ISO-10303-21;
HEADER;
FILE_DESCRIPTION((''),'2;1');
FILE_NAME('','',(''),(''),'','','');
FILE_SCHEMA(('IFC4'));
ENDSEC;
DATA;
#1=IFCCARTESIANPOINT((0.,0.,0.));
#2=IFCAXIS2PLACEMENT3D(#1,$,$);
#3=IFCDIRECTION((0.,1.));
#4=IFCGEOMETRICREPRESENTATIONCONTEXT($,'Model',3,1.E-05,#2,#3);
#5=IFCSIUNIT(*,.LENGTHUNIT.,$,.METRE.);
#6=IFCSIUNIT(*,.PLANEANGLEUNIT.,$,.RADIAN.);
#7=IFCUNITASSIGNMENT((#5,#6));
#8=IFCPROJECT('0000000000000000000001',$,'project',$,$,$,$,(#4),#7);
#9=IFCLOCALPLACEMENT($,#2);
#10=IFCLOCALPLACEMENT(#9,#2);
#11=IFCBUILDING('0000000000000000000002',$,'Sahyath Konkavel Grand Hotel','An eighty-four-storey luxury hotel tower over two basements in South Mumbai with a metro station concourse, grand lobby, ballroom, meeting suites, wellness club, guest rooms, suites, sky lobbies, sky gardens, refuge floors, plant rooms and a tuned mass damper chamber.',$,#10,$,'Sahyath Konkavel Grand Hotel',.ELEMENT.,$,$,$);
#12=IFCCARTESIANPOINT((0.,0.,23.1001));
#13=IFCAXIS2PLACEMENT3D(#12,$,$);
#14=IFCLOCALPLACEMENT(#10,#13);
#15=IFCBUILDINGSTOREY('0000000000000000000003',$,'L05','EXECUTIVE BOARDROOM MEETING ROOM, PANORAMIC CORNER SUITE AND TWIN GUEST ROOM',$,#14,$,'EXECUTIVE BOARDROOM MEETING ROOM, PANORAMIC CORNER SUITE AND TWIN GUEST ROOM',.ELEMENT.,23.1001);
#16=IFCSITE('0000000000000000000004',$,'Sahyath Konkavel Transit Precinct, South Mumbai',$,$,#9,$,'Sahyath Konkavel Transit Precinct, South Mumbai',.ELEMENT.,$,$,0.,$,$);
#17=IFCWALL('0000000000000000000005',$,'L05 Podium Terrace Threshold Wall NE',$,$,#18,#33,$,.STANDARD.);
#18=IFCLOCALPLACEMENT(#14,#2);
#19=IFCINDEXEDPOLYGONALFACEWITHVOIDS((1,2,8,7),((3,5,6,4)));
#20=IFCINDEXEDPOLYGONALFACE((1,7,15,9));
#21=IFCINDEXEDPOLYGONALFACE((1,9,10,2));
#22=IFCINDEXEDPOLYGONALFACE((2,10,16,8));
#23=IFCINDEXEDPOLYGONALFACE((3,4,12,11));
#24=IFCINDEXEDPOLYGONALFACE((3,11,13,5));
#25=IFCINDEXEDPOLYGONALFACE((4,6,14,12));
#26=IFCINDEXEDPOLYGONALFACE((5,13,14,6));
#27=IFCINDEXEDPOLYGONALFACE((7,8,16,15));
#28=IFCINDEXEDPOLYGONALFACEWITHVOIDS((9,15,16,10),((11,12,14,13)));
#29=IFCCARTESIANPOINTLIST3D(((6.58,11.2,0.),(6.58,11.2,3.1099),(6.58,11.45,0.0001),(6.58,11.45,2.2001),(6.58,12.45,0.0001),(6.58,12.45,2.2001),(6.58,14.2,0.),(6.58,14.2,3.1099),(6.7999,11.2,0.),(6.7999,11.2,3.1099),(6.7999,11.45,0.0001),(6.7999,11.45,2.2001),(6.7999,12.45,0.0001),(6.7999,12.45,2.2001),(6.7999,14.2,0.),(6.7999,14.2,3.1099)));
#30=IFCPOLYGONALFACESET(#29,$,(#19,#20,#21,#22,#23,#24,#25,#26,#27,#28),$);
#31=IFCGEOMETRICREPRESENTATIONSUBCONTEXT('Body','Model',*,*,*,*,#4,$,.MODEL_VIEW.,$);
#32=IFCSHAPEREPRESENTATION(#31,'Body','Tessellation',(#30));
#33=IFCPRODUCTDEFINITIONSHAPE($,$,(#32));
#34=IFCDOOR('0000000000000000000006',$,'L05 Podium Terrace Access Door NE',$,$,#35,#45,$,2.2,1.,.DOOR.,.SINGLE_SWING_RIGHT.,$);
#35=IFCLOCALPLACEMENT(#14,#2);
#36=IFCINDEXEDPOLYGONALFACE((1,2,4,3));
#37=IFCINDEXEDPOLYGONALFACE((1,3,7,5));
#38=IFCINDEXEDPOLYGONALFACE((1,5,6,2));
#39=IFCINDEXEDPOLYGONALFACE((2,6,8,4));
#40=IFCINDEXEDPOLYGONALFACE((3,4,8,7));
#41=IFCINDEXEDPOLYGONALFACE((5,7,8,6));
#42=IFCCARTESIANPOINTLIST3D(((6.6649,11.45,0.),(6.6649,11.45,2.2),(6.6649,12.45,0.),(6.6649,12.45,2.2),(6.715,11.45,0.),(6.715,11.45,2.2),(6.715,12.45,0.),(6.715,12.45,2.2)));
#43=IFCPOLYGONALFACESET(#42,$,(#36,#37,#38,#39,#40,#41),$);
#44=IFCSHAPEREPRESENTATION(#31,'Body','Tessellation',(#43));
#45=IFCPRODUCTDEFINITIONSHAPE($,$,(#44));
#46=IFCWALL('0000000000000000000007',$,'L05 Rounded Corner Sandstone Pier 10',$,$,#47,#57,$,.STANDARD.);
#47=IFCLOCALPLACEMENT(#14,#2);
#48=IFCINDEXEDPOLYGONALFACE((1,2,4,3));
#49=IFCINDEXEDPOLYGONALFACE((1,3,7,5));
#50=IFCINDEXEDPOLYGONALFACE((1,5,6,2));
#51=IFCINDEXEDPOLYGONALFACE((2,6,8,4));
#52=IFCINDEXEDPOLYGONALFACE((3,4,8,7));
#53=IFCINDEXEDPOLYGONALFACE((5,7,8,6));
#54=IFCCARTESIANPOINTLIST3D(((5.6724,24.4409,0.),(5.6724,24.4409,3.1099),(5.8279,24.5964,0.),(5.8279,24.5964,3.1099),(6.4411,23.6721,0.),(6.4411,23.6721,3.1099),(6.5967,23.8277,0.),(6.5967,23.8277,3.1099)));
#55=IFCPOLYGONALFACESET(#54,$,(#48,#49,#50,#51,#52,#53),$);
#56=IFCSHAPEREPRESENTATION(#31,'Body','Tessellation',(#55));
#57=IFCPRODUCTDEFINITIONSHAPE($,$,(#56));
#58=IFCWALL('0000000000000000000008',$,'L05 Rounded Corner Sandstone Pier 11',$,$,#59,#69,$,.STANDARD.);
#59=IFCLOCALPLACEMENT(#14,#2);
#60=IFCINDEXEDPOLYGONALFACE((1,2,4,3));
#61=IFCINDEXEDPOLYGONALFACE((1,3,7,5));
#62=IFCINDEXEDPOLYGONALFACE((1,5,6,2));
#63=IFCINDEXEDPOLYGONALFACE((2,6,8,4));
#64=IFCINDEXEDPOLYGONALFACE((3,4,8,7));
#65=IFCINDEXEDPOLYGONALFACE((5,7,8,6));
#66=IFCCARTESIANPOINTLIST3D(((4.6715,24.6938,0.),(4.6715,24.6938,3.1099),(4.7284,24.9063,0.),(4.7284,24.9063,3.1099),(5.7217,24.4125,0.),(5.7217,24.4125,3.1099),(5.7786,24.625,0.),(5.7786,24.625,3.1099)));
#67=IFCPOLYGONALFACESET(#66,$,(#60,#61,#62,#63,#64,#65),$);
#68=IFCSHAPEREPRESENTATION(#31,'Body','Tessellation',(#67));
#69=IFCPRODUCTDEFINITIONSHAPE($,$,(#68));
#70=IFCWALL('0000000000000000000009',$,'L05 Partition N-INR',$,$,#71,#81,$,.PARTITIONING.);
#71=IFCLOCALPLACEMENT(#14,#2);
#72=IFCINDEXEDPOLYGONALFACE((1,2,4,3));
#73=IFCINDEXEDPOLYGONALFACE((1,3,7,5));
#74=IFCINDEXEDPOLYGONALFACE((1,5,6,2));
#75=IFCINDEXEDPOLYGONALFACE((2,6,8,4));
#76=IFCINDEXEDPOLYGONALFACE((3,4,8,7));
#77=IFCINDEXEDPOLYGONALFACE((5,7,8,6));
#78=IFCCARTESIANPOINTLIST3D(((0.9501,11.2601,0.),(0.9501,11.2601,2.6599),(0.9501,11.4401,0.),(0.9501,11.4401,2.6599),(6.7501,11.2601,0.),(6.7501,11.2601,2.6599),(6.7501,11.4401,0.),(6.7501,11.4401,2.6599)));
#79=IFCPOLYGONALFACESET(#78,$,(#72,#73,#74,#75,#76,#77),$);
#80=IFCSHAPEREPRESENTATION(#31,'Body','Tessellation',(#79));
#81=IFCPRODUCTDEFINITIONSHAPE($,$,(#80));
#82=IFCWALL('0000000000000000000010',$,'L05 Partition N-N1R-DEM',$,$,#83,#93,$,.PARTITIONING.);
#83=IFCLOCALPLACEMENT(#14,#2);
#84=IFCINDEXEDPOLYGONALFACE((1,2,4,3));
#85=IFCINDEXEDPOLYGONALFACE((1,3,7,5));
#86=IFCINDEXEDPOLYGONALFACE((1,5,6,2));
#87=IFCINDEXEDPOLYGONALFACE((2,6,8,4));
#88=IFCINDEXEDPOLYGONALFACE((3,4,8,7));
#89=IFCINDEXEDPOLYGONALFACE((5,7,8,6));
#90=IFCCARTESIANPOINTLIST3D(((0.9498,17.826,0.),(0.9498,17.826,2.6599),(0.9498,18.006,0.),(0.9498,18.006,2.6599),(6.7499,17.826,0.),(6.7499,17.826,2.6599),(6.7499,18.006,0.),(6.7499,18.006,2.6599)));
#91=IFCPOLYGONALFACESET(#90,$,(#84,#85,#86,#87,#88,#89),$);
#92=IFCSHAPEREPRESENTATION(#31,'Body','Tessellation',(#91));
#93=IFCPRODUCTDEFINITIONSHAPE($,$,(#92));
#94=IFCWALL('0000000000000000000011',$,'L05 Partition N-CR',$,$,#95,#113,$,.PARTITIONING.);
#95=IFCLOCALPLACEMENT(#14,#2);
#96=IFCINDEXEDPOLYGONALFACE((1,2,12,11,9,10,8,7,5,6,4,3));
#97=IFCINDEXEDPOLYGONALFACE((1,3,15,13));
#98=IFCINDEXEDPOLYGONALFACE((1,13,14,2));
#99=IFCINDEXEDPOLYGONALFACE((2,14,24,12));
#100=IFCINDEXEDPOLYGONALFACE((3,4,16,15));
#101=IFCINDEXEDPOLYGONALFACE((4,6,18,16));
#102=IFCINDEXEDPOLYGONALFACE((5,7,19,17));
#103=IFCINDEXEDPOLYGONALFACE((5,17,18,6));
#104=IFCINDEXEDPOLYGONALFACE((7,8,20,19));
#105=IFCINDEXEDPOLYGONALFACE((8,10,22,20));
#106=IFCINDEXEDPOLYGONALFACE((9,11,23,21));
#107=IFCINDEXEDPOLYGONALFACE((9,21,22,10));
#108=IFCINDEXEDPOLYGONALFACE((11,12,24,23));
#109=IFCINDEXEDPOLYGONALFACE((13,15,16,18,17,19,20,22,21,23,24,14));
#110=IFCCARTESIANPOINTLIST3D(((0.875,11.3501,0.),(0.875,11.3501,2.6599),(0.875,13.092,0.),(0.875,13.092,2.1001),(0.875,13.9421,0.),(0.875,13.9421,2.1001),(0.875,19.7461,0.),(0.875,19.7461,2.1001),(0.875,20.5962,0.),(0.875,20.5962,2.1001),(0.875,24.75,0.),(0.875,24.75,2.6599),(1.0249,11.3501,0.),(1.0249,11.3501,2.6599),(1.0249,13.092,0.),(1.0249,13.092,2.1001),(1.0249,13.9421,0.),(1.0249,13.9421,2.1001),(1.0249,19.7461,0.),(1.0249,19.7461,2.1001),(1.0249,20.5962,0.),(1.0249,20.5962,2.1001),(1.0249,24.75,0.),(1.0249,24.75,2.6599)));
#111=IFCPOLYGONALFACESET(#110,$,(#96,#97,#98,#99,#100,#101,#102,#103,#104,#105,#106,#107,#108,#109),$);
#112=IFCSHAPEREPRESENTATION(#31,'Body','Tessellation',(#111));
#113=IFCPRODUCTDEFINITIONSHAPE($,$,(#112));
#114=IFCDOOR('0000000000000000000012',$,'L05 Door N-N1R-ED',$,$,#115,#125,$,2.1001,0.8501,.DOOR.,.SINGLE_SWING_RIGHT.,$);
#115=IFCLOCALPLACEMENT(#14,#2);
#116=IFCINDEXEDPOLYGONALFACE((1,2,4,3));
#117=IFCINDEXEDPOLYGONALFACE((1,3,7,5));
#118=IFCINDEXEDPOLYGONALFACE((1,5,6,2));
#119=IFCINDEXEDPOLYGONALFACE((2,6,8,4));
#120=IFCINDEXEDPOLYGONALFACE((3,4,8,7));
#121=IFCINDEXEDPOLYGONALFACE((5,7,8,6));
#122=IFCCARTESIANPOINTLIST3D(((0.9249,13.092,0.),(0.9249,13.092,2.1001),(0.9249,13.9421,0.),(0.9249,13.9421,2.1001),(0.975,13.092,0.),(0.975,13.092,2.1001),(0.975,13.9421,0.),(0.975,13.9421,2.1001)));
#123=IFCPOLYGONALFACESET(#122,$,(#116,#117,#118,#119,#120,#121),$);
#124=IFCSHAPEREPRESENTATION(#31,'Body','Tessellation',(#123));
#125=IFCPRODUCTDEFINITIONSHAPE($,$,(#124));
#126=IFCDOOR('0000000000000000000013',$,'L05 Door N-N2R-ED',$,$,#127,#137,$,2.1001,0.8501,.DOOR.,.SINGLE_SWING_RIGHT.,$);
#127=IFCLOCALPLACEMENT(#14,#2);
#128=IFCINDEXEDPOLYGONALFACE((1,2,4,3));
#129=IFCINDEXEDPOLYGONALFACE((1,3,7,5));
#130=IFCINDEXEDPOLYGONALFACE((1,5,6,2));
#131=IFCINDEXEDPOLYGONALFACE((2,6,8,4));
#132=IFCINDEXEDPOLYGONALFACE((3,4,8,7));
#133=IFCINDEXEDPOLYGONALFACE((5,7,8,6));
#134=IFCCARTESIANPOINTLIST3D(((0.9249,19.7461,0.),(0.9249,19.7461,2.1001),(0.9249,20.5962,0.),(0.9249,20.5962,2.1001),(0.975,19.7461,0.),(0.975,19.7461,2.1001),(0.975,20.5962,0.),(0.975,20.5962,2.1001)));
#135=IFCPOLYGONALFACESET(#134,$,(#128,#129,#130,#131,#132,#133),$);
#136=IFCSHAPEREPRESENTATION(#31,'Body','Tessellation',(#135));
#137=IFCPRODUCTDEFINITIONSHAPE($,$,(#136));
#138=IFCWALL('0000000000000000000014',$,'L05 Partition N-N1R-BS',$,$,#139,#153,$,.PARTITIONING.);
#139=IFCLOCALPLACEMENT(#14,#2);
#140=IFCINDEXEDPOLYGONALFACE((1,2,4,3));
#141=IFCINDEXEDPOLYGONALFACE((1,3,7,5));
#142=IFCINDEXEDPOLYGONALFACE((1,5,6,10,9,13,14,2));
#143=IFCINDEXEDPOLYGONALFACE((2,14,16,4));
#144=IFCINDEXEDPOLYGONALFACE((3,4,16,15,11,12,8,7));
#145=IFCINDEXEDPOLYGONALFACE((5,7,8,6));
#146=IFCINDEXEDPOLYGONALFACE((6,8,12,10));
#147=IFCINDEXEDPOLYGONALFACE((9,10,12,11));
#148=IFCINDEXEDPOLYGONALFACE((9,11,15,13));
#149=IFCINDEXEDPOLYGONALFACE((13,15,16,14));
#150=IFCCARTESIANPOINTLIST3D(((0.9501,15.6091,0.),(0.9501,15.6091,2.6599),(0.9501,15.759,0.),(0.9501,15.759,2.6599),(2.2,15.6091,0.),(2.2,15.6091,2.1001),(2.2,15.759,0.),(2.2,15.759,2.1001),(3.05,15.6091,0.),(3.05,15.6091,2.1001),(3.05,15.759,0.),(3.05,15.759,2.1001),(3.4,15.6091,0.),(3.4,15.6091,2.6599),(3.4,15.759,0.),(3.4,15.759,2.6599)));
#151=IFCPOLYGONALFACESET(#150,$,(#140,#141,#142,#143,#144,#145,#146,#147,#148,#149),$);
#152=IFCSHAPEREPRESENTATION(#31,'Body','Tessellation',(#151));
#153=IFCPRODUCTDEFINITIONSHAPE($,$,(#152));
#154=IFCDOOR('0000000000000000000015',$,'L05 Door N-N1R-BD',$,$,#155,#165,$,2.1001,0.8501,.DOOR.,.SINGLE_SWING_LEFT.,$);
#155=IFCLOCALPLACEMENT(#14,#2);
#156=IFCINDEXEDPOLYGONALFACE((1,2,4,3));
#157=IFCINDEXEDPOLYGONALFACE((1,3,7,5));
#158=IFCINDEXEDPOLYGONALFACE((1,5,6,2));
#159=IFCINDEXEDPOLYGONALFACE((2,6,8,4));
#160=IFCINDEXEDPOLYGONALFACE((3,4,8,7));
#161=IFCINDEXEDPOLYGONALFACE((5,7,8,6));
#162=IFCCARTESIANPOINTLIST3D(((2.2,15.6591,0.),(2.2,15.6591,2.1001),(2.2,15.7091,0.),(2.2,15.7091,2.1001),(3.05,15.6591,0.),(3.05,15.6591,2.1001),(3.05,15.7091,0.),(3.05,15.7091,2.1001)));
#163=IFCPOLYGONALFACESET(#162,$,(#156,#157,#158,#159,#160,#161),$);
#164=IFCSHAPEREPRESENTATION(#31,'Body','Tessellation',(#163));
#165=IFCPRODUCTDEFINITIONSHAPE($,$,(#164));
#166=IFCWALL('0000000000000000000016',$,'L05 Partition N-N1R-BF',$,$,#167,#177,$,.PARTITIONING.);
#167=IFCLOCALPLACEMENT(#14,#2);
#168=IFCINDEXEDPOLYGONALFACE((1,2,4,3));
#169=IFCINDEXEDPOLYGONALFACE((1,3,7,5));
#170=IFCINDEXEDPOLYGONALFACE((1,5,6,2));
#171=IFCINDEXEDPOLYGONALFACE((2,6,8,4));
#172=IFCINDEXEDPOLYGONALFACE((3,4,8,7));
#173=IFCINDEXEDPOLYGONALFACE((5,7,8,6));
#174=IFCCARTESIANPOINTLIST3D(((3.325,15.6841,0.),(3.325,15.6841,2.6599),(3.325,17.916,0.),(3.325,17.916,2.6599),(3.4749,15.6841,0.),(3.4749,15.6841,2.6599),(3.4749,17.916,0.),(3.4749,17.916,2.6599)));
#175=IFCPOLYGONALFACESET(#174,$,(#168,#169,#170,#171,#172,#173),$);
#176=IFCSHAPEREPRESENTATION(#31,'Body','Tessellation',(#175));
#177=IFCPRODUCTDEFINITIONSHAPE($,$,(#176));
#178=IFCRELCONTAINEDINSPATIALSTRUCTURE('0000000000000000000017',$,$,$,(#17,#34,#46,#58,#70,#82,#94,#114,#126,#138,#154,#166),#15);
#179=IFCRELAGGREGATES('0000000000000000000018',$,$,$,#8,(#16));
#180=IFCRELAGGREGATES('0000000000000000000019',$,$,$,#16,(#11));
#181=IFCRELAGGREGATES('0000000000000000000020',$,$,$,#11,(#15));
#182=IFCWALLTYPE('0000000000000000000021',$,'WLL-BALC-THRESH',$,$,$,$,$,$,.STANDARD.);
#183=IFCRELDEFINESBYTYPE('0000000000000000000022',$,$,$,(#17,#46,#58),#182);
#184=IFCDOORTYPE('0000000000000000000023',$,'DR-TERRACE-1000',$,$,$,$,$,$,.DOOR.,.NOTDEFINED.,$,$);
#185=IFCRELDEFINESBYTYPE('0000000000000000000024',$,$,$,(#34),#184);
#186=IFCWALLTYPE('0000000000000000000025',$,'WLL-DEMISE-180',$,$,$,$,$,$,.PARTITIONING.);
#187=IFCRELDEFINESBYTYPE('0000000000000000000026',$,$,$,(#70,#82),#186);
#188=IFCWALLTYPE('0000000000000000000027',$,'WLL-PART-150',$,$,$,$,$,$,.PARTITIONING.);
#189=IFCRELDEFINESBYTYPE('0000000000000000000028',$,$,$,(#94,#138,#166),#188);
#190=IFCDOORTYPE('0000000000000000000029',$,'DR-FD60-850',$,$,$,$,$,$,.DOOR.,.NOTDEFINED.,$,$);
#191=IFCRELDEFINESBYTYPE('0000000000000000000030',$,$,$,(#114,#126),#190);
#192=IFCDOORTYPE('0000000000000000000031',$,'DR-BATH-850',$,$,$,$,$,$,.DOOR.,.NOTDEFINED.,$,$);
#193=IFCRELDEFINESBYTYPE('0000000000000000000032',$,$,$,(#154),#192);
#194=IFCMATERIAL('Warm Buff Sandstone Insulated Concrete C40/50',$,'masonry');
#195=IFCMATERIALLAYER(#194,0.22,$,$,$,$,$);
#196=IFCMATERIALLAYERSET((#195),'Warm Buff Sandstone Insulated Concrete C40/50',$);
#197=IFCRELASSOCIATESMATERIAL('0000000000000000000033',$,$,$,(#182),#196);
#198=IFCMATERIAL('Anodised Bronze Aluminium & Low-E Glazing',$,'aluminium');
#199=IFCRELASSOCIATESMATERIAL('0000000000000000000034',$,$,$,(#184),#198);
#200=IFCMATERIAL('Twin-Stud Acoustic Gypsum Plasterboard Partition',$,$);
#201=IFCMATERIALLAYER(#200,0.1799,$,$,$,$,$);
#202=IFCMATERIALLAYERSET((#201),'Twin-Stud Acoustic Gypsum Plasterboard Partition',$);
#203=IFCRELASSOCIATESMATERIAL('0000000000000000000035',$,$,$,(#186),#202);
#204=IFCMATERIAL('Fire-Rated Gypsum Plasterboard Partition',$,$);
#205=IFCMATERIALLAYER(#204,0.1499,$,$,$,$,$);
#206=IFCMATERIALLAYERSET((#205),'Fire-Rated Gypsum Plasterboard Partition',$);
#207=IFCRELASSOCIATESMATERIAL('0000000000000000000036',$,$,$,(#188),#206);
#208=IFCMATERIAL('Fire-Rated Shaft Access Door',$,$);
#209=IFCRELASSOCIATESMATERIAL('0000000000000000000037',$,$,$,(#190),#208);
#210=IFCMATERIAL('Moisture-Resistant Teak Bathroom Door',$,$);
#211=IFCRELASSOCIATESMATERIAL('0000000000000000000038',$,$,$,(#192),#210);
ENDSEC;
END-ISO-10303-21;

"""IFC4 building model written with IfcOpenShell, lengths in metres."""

from ifc_helpers import new_model, si_unit, direction, frame, frame_2d, origin, origin_2d, place, context, subcontext, project, spatial, rectangle, extrude, source, transform, mapped, material, layer, layer_set, type_object, element, fill, save


model = new_model("IFC4")

# Units and contexts
model_context = context("Model", 3, precision=1e-05, world=origin(), true_north=direction((0.0, 1.0)))
body_context = subcontext(model_context, "Body", "Model", "MODEL_VIEW")
ifc_project = project(units=[si_unit("LENGTHUNIT", "METRE"), si_unit("PLANEANGLEUNIT", "RADIAN")], contexts=[model_context])

# Site, building, storey
site_placement = place(None, origin())
site = spatial("IfcSite", under=ifc_project, at=site_placement, Name="Sahyath Konkavel Transit Precinct, South Mumbai", LongName="Sahyath Konkavel Transit Precinct, South Mumbai", CompositionType="ELEMENT", RefElevation=0.0)
building_placement = place(site_placement, origin())
building = spatial("IfcBuilding", under=site, at=building_placement, Name="Sahyath Konkavel Grand Hotel", Description="An eighty-four-storey luxury hotel tower over two basements in South Mumbai with a metro station concourse, grand lobby, ballroom, meeting suites, wellness club, guest rooms, suites, sky lobbies, sky gardens, refuge floors, plant rooms and a tuned mass damper chamber.", LongName="Sahyath Konkavel Grand Hotel", CompositionType="ELEMENT")
storey_placement = place(building_placement, frame((0.0, 0.0, 23.1001)))
storey = spatial("IfcBuildingStorey", under=building, at=storey_placement, Name="L05", Description="EXECUTIVE BOARDROOM MEETING ROOM, PANORAMIC CORNER SUITE AND TWIN GUEST ROOM", LongName="EXECUTIVE BOARDROOM MEETING ROOM, PANORAMIC CORNER SUITE AND TWIN GUEST ROOM", CompositionType="ELEMENT", Elevation=23.1001)

# Shared definitions
ifc_material_1 = material(Name="Anodised Bronze Aluminium & Low-E Glazing", Category="aluminium")

# Wall, opening, door
ifc_material_2 = material(Name="Warm Buff Sandstone Insulated Concrete C40/50", Category="masonry")
ifc_layer_1 = layer(ifc_material_2, 0.22)
ifc_layer_set_1 = layer_set([ifc_layer_1], Name="Warm Buff Sandstone Insulated Concrete C40/50")
wall_type_1 = type_object("IfcWallType", Name="WLL-BALC-THRESH", PredefinedType="STANDARD", material=ifc_layer_set_1)
wall_1_placement = place(storey_placement, frame((6.6899, 11.2, 0.0), z_axis=(0.0, 0.0, 1.0), x_axis=(0.0, 1.0, 0.0)))
wall_1 = element("IfcWall", 1, at=wall_1_placement, inside=storey, type_object=wall_type_1, Name="L05 Podium Terrace Threshold Wall NE", PredefinedType="STANDARD", context=body_context, shape_type="SweptSolid", body=[
    extrude(rectangle(XDim=3.0, YDim=0.22, at=frame_2d((1.5, 0.0))), origin(), (0.0, 0.0, 1.0), 3.1099),
])
opening_1_placement = place(wall_1_placement, frame((0.25, 0.0, 0.0)))
opening_1 = element("IfcOpeningElement", 2, at=opening_1_placement, cuts=wall_1, PredefinedType="OPENING", context=body_context, shape_type="SweptSolid", body=[
    extrude(rectangle(XDim=1.0, YDim=2.2, at=frame_2d((0.5, 1.1001))), frame((0.0, 0.1201, 0.0), z_axis=(0.0, -1.0, 0.0), x_axis=(1.0, 0.0, 0.0)), (0.0, 0.0, 1.0), 0.24),
])
door_type_1 = type_object("IfcDoorType", Name="DR-TERRACE-1000", OperationType="NOTDEFINED", PredefinedType="DOOR", material=ifc_material_1)
shared_shape_1 = source(origin(), body_context, "Body", "SweptSolid", [
    extrude(rectangle(XDim=1.0, YDim=0.05, at=origin_2d()), origin(), (0.0, 0.0, 1.0), 2.2),
])
door_1_placement = place(opening_1_placement, frame((0.5, 0.0, 0.0)))
door_1 = element("IfcDoor", 3, at=door_1_placement, inside=storey, type_object=door_type_1, Name="L05 Podium Terrace Access Door NE", OperationType="SINGLE_SWING_RIGHT", OverallHeight=2.2, OverallWidth=1.0, PredefinedType="DOOR", context=body_context, shape_type="MappedRepresentation", body=[
    mapped(shared_shape_1, transform((0.0, 0.0, 0.0), scale=1.0)),
])
fill(opening_1, door_1)

# Walls
for number, where, z_axis, x_axis, name in (
    (4, (6.5188, 23.75, 0.0), (0.0, 0.0, 1.0), (-0.707107, 0.707107, 0.0), "L05 Rounded Corner Sandstone Pier 10"),
    (5, (5.75, 24.5188, 0.0), (0.0, 0.0, 1.0), (-0.965951, 0.258725, 0.0), "L05 Rounded Corner Sandstone Pier 11"),
):
    element("IfcWall", number, at=place(storey_placement, frame(where, z_axis=z_axis, x_axis=x_axis)), inside=storey, type_object=wall_type_1, Name=name, PredefinedType="STANDARD", context=body_context, shape_type="SweptSolid", body=[
        extrude(rectangle(XDim=1.0872, YDim=0.22, at=frame_2d((0.5435, 0.0))), origin(), (0.0, 0.0, 1.0), 3.1099),
    ])
ifc_material_3 = material(Name="Twin-Stud Acoustic Gypsum Plasterboard Partition")
ifc_layer_2 = layer(ifc_material_3, 0.1799)
ifc_layer_set_2 = layer_set([ifc_layer_2], Name="Twin-Stud Acoustic Gypsum Plasterboard Partition")
wall_type_2 = type_object("IfcWallType", Name="WLL-DEMISE-180", PredefinedType="PARTITIONING", material=ifc_layer_set_2)
for number, where, z_axis, x_axis, name in (
    (6, (6.75, 11.3501, 0.0), (0.0, 0.0, 1.0), (-1.0, 0.0, 0.0), "L05 Partition N-INR"),
    (7, (0.95, 17.916, 0.0), (0.0, 0.0, 1.0), (1.0, 0.0, 0.0), "L05 Partition N-N1R-DEM"),
):
    element("IfcWall", number, at=place(storey_placement, frame(where, z_axis=z_axis, x_axis=x_axis)), inside=storey, type_object=wall_type_2, Name=name, PredefinedType="PARTITIONING", context=body_context, shape_type="SweptSolid", body=[
        extrude(rectangle(XDim=5.8, YDim=0.1799, at=frame_2d((2.8999, 0.0))), origin(), (0.0, 0.0, 1.0), 2.6599),
    ])

# Wall, openings, doors
ifc_material_4 = material(Name="Fire-Rated Gypsum Plasterboard Partition")
ifc_layer_3 = layer(ifc_material_4, 0.1499)
ifc_layer_set_3 = layer_set([ifc_layer_3], Name="Fire-Rated Gypsum Plasterboard Partition")
wall_type_3 = type_object("IfcWallType", Name="WLL-PART-150", PredefinedType="PARTITIONING", material=ifc_layer_set_3)
wall_2_placement = place(storey_placement, frame((0.95, 11.3501, 0.0), z_axis=(0.0, 0.0, 1.0), x_axis=(0.0, 1.0, 0.0)))
wall_2 = element("IfcWall", 8, at=wall_2_placement, inside=storey, type_object=wall_type_3, Name="L05 Partition N-CR", PredefinedType="PARTITIONING", context=body_context, shape_type="SweptSolid", body=[
    extrude(rectangle(XDim=13.3999, YDim=0.1499, at=frame_2d((6.7, 0.0))), origin(), (0.0, 0.0, 1.0), 2.6599),
])
opening_2_placement = place(wall_2_placement, frame((1.7419, 0.0, 0.0)))
opening_2 = element("IfcOpeningElement", 9, at=opening_2_placement, cuts=wall_2, PredefinedType="OPENING", context=body_context, shape_type="SweptSolid", body=[
    extrude(rectangle(XDim=0.8501, YDim=2.1001, at=frame_2d((0.425, 1.05))), frame((0.0, 0.085, 0.0), z_axis=(0.0, -1.0, 0.0), x_axis=(1.0, 0.0, 0.0)), (0.0, 0.0, 1.0), 0.1699),
])
opening_3_placement = place(wall_2_placement, frame((8.396, 0.0, 0.0)))
opening_3 = element("IfcOpeningElement", 10, at=opening_3_placement, cuts=wall_2, PredefinedType="OPENING", context=body_context, shape_type="SweptSolid", body=[
    extrude(rectangle(XDim=0.8501, YDim=2.1001, at=frame_2d((0.425, 1.05))), frame((0.0, 0.085, 0.0), z_axis=(0.0, -1.0, 0.0), x_axis=(1.0, 0.0, 0.0)), (0.0, 0.0, 1.0), 0.1699),
])
ifc_material_5 = material(Name="Fire-Rated Shaft Access Door")
door_type_2 = type_object("IfcDoorType", Name="DR-FD60-850", OperationType="NOTDEFINED", PredefinedType="DOOR", material=ifc_material_5)
shared_shape_2 = source(origin(), body_context, "Body", "SweptSolid", [
    extrude(rectangle(XDim=0.8501, YDim=0.05, at=origin_2d()), origin(), (0.0, 0.0, 1.0), 2.1001),
])
door_2_placement = place(opening_2_placement, frame((0.425, 0.0, 0.0)))
door_2 = element("IfcDoor", 11, at=door_2_placement, inside=storey, type_object=door_type_2, Name="L05 Door N-N1R-ED", OperationType="SINGLE_SWING_RIGHT", OverallHeight=2.1001, OverallWidth=0.8501, PredefinedType="DOOR", context=body_context, shape_type="MappedRepresentation", body=[
    mapped(shared_shape_2, transform((0.0, 0.0, 0.0), scale=1.0)),
])
fill(opening_2, door_2)
door_3_placement = place(opening_3_placement, frame((0.425, 0.0, 0.0)))
door_3 = element("IfcDoor", 12, at=door_3_placement, inside=storey, type_object=door_type_2, Name="L05 Door N-N2R-ED", OperationType="SINGLE_SWING_RIGHT", OverallHeight=2.1001, OverallWidth=0.8501, PredefinedType="DOOR", context=body_context, shape_type="MappedRepresentation", body=[
    mapped(shared_shape_2, transform((0.0, 0.0, 0.0), scale=1.0)),
])
fill(opening_3, door_3)

# Wall, opening, door
wall_3_placement = place(storey_placement, frame((0.95, 15.6841, 0.0), z_axis=(0.0, 0.0, 1.0), x_axis=(1.0, 0.0, 0.0)))
wall_3 = element("IfcWall", 13, at=wall_3_placement, inside=storey, type_object=wall_type_3, Name="L05 Partition N-N1R-BS", PredefinedType="PARTITIONING", context=body_context, shape_type="SweptSolid", body=[
    extrude(rectangle(XDim=2.45, YDim=0.1499, at=frame_2d((1.2251, 0.0))), origin(), (0.0, 0.0, 1.0), 2.6599),
])
opening_4_placement = place(wall_3_placement, frame((1.25, 0.0, 0.0)))
opening_4 = element("IfcOpeningElement", 14, at=opening_4_placement, cuts=wall_3, PredefinedType="OPENING", context=body_context, shape_type="SweptSolid", body=[
    extrude(rectangle(XDim=0.8501, YDim=2.1001, at=frame_2d((0.425, 1.05))), frame((0.0, 0.085, 0.0), z_axis=(0.0, -1.0, 0.0), x_axis=(1.0, 0.0, 0.0)), (0.0, 0.0, 1.0), 0.1699),
])
ifc_material_6 = material(Name="Moisture-Resistant Teak Bathroom Door")
door_type_3 = type_object("IfcDoorType", Name="DR-BATH-850", OperationType="NOTDEFINED", PredefinedType="DOOR", material=ifc_material_6)
door_4_placement = place(opening_4_placement, frame((0.425, 0.0, 0.0)))
door_4 = element("IfcDoor", 15, at=door_4_placement, inside=storey, type_object=door_type_3, Name="L05 Door N-N1R-BD", OperationType="SINGLE_SWING_LEFT", OverallHeight=2.1001, OverallWidth=0.8501, PredefinedType="DOOR", context=body_context, shape_type="MappedRepresentation", body=[
    mapped(shared_shape_2, transform((0.0, 0.0, 0.0), scale=1.0)),
])
fill(opening_4, door_4)

# Wall
wall_4_placement = place(storey_placement, frame((3.3999, 15.6841, 0.0), z_axis=(0.0, 0.0, 1.0), x_axis=(0.0, 1.0, 0.0)))
element("IfcWall", 16, at=wall_4_placement, inside=storey, type_object=wall_type_3, Name="L05 Partition N-N1R-BF", PredefinedType="PARTITIONING", context=body_context, shape_type="SweptSolid", body=[
    extrude(rectangle(XDim=2.2319, YDim=0.1499, at=frame_2d((1.116, 0.0))), origin(), (0.0, 0.0, 1.0), 2.6599),
])

save(model, "model.ifc")
